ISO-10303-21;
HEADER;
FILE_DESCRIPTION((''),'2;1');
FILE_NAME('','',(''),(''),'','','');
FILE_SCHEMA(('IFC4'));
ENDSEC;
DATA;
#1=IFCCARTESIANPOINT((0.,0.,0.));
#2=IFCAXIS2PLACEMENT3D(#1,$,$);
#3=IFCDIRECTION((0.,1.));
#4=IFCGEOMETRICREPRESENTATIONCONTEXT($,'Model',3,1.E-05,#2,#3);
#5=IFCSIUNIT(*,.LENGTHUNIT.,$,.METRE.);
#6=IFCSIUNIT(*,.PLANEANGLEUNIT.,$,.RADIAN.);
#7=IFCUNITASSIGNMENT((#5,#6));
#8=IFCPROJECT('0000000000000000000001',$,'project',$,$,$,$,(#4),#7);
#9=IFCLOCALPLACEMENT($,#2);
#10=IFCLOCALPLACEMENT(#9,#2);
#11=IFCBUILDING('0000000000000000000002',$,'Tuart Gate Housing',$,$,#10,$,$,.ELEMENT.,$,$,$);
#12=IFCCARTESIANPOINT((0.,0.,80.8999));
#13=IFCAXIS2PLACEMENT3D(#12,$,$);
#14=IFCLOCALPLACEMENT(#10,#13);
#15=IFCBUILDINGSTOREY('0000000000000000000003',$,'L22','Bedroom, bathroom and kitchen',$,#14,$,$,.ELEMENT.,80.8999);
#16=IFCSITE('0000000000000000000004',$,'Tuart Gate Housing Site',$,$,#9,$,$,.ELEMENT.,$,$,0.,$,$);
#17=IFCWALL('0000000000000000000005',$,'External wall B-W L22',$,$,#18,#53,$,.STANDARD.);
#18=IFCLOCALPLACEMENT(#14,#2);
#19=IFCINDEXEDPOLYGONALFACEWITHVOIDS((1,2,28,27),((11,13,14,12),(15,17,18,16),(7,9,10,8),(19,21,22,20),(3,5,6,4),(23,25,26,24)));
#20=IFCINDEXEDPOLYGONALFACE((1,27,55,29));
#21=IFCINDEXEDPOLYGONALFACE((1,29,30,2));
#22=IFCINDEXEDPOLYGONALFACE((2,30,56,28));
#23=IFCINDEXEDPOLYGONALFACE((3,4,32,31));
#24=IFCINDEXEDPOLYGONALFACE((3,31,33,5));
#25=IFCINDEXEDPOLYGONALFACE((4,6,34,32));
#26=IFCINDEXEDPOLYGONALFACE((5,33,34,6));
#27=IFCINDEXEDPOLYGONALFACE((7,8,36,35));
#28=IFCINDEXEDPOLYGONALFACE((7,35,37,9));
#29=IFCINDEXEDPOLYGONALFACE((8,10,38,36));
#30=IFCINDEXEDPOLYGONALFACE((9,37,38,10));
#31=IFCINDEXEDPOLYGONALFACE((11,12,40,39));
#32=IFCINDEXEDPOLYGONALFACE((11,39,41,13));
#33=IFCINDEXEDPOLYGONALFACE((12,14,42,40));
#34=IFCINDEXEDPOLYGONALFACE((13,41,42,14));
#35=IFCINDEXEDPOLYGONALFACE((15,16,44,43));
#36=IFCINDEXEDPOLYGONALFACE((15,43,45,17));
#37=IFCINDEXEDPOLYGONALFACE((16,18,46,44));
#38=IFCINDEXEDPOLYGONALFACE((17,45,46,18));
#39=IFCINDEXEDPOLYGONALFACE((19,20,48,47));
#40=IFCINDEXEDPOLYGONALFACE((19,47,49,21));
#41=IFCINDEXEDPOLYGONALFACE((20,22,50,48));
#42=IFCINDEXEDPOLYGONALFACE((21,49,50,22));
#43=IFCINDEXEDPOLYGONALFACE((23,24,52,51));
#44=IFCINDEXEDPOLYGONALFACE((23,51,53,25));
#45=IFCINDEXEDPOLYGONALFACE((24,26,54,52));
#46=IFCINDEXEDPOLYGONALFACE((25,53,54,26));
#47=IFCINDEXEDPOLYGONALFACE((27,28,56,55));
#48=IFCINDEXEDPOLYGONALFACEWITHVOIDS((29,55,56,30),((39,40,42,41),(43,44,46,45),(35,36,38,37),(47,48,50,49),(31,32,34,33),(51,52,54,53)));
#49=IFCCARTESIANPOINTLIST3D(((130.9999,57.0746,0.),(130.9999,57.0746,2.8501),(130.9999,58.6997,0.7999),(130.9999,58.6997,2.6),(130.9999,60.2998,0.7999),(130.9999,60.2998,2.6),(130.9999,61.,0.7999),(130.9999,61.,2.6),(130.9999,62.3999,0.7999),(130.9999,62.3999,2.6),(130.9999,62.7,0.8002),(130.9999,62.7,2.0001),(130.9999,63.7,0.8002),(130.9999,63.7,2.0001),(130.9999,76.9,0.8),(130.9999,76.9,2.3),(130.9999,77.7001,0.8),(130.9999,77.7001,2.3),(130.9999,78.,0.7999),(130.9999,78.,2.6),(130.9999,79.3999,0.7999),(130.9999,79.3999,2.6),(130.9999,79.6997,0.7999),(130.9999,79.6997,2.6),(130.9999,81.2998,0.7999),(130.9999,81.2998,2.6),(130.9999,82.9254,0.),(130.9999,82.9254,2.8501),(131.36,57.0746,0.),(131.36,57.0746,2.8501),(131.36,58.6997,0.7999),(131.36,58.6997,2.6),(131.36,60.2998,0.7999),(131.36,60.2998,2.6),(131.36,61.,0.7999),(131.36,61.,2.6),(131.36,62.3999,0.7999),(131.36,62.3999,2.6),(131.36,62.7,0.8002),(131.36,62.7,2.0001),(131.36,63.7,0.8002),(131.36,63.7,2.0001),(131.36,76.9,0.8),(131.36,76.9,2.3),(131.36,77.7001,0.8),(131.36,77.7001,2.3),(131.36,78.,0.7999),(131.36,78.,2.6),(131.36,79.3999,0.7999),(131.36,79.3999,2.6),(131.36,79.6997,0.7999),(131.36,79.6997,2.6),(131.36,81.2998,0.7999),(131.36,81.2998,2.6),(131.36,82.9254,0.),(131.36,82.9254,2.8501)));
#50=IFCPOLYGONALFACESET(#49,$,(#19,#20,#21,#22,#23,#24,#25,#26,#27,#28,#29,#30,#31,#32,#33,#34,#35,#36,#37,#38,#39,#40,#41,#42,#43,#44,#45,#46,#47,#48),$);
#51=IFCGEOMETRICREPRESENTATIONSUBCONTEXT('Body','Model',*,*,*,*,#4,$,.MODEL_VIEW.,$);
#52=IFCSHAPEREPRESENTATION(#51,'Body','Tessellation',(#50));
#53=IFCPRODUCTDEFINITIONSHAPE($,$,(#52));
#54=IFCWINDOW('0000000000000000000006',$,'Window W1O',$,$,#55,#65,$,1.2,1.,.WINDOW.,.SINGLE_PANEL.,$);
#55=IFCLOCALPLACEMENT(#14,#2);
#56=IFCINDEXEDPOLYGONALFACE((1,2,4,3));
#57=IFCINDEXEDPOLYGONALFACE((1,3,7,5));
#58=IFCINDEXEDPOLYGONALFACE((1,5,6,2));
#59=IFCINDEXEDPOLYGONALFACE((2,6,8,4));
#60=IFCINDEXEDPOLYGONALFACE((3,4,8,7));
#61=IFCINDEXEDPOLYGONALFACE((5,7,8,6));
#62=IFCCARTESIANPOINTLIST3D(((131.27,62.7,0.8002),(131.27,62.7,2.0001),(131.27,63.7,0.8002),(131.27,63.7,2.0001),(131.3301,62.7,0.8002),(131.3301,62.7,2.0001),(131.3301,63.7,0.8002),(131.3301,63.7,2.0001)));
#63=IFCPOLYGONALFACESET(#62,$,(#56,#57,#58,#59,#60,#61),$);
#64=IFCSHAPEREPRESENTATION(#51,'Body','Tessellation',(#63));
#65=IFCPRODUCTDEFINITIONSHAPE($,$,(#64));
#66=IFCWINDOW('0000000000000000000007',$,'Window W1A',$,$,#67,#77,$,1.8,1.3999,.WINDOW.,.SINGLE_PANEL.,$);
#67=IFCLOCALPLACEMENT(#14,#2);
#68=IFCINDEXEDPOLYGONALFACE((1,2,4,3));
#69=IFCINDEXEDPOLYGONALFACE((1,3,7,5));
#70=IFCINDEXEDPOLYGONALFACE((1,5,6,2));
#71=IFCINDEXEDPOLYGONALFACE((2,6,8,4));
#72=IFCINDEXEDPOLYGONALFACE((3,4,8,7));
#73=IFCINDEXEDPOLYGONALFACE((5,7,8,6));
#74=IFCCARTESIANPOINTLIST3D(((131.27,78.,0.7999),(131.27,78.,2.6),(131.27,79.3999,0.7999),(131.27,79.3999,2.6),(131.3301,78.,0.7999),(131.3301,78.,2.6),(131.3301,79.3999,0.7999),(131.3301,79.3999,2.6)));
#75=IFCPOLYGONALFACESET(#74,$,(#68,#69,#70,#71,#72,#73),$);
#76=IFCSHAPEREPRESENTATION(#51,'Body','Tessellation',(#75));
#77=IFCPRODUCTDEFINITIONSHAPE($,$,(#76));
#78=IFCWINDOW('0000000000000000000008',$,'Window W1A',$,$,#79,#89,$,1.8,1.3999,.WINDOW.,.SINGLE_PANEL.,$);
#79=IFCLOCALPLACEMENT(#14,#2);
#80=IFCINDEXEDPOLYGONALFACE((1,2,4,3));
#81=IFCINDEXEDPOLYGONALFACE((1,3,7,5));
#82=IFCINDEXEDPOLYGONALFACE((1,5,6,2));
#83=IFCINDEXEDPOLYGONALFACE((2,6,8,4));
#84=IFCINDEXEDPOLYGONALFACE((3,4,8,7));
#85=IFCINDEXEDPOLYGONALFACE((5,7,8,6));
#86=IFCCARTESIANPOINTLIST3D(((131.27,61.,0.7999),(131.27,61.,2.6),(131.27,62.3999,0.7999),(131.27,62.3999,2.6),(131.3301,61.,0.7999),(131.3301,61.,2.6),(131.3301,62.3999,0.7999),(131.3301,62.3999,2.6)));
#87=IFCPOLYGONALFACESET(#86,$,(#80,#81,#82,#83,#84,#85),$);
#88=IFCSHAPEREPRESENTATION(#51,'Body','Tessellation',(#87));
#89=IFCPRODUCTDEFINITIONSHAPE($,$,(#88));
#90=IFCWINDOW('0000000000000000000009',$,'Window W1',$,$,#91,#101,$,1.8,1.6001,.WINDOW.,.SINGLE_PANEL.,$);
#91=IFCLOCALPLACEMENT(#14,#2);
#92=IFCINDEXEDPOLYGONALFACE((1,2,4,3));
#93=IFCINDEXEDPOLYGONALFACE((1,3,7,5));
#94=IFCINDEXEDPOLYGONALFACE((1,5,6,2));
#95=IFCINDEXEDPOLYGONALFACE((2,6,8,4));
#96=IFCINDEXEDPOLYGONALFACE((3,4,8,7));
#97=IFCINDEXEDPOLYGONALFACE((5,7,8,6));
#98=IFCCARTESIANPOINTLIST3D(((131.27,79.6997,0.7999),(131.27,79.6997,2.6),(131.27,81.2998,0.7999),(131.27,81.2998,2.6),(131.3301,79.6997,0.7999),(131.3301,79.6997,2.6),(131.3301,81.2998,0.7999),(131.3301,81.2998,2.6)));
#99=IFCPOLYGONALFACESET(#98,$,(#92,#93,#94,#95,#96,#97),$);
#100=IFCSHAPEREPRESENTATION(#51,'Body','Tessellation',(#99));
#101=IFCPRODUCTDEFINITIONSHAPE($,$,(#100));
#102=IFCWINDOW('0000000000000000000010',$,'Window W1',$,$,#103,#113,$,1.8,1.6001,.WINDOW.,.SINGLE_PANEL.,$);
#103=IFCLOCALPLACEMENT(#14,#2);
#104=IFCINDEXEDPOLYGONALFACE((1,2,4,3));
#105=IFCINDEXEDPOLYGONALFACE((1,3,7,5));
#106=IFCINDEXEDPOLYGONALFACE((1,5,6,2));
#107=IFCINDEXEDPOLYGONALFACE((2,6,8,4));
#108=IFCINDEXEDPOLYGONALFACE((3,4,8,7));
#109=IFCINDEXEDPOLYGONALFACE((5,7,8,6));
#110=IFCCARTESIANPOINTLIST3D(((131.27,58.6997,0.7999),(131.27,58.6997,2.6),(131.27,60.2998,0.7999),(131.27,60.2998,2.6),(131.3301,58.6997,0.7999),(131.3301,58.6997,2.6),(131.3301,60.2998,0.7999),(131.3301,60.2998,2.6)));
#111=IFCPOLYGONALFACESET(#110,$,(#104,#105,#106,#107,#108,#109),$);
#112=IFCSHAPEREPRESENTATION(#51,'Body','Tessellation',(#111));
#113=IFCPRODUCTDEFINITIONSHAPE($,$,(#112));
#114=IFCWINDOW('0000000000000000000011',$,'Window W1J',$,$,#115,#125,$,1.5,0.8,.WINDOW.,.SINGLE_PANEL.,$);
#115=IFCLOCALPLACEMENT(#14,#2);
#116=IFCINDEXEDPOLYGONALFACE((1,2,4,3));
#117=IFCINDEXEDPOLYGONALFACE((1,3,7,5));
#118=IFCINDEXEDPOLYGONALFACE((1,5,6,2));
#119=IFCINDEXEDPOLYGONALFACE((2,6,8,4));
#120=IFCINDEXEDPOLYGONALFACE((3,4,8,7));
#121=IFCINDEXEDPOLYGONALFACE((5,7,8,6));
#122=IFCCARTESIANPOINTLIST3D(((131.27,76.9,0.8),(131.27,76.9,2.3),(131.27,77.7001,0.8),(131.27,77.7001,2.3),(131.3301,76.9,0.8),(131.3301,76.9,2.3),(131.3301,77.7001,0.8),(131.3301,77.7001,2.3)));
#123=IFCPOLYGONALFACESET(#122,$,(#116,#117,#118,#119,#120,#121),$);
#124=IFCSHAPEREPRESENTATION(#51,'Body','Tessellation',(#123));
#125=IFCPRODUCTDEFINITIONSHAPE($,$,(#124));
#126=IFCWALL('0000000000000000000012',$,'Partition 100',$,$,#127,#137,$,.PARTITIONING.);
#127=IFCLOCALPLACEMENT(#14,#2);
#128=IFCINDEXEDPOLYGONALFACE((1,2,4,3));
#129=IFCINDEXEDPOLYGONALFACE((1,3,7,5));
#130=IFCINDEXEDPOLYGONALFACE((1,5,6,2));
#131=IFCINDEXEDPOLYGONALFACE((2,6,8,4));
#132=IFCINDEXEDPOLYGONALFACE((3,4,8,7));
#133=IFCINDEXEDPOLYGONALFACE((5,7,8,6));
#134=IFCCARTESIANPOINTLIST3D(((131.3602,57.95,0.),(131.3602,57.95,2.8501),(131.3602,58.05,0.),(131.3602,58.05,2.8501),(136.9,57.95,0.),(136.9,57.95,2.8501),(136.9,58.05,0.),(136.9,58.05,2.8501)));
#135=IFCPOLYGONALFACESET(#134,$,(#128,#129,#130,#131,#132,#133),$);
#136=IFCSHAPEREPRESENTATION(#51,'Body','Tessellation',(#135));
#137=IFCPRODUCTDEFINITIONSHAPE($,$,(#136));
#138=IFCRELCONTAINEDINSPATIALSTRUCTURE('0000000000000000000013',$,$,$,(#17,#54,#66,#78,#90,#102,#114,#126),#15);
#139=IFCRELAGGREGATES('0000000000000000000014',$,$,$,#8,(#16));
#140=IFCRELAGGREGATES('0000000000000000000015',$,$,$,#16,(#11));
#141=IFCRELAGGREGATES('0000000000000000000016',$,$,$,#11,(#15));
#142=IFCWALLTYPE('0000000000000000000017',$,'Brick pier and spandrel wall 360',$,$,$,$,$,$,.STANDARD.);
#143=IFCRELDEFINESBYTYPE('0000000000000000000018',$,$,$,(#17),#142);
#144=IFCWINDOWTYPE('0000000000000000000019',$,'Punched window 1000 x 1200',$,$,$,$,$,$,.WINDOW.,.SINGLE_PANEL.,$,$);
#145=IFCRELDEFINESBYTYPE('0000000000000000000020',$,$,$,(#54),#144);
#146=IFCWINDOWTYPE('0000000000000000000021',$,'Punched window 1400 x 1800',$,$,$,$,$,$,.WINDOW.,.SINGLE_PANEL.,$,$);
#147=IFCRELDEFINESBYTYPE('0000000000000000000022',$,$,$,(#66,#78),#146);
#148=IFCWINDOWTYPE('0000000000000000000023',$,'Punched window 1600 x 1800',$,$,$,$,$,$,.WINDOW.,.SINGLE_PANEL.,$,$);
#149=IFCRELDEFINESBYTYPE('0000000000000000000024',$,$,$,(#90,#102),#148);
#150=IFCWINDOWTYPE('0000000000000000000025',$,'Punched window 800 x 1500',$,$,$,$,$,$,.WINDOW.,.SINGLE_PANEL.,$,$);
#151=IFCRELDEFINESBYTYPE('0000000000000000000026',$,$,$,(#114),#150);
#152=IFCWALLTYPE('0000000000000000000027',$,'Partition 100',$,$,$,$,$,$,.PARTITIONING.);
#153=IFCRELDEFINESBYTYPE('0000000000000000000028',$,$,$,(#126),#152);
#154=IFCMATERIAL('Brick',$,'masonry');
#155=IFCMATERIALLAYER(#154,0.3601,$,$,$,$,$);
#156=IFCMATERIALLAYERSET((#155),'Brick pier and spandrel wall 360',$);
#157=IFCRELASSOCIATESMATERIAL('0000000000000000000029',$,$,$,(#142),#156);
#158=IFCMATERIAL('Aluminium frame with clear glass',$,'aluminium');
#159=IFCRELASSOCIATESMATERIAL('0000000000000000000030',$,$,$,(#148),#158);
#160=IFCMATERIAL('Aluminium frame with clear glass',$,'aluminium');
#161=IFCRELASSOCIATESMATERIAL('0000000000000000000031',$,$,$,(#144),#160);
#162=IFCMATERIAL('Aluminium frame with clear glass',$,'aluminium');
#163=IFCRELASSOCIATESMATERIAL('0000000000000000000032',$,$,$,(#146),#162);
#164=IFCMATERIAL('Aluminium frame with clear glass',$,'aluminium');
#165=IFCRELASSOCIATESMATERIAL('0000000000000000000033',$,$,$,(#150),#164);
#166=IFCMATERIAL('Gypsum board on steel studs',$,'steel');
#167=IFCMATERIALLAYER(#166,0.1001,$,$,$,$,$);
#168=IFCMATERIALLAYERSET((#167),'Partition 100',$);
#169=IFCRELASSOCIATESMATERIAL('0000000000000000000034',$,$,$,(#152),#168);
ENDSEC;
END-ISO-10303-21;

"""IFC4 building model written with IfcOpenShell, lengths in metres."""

from ifc_helpers import new_model, si_unit, direction, frame, frame_2d, origin, place, context, subcontext, project, spatial, rectangle, extrude, material, layer, layer_set, type_object, element, fill, save


model = new_model("IFC4")

# Units and contexts
model_context = context("Model", 3, precision=1e-05, world=origin(), true_north=direction((0.0, 1.0)))
body_context = subcontext(model_context, "Body", "Model", "MODEL_VIEW")
ifc_project = project(units=[si_unit("LENGTHUNIT", "METRE"), si_unit("PLANEANGLEUNIT", "RADIAN")], contexts=[model_context])

# Site, building, storey
site_placement = place(None, origin())
site = spatial("IfcSite", under=ifc_project, at=site_placement, Name="Tuart Gate Housing Site", CompositionType="ELEMENT", RefElevation=0.0)
building_placement = place(site_placement, origin())
building = spatial("IfcBuilding", under=site, at=building_placement, Name="Tuart Gate Housing", CompositionType="ELEMENT")
storey_placement = place(building_placement, frame((0.0, 0.0, 80.8999)))
storey = spatial("IfcBuildingStorey", under=building, at=storey_placement, Name="L22", Description="Bedroom, bathroom and kitchen", CompositionType="ELEMENT", Elevation=80.8999)

# Shared definitions
ifc_material_1 = material(Name="Brick", Category="masonry")
ifc_layer_1 = layer(ifc_material_1, 0.3601)
ifc_layer_set_1 = layer_set([ifc_layer_1], Name="Brick pier and spandrel wall 360")
wall_type_1 = type_object("IfcWallType", Name="Brick pier and spandrel wall 360", PredefinedType="STANDARD", material=ifc_layer_set_1)
ifc_material_2 = material(Name="Aluminium frame with clear glass", Category="aluminium")
window_type_1 = type_object("IfcWindowType", Name="Punched window 1600 x 1800", PartitioningType="SINGLE_PANEL", PredefinedType="WINDOW", material=ifc_material_2)

# Wall, openings, windows
wall_1_placement = place(storey_placement, frame((131.1799, 82.9253, 0.0), z_axis=(0.0, 0.0, 1.0), x_axis=(0.0, -1.0, 0.0)))
wall_1 = element("IfcWall", 1, at=wall_1_placement, inside=storey, type_object=wall_type_1, Name="External wall B-W L22", PredefinedType="STANDARD", context=body_context, shape_type="SweptSolid", body=[
    extrude(rectangle(XDim=25.8508, YDim=0.3601, at=frame_2d((12.9253, 0.0))), origin(), (0.0, 0.0, 1.0), 2.8501),
])
opening_1_placement = place(wall_1_placement, frame((1.6255, 0.0, 0.8)))
opening_1 = element("IfcOpeningElement", 2, at=opening_1_placement, cuts=wall_1, PredefinedType="OPENING", context=body_context, shape_type="SweptSolid", body=[
    extrude(rectangle(XDim=1.6001, YDim=1.8, at=frame_2d((0.8, 0.8999))), frame((0.0, 0.1899, 0.0), z_axis=(0.0, -1.0, 0.0), x_axis=(1.0, 0.0, 0.0)), (0.0, 0.0, 1.0), 0.3801),
])
opening_2_placement = place(wall_1_placement, frame((3.5254, 0.0, 0.8)))
opening_2 = element("IfcOpeningElement", 3, at=opening_2_placement, cuts=wall_1, PredefinedType="OPENING", context=body_context, shape_type="SweptSolid", body=[
    extrude(rectangle(XDim=1.3999, YDim=1.8, at=frame_2d((0.7, 0.8999))), frame((0.0, 0.1899, 0.0), z_axis=(0.0, -1.0, 0.0), x_axis=(1.0, 0.0, 0.0)), (0.0, 0.0, 1.0), 0.3801),
])
opening_3_placement = place(wall_1_placement, frame((19.2253, 0.0, 0.8)))
opening_3 = element("IfcOpeningElement", 4, at=opening_3_placement, cuts=wall_1, PredefinedType="OPENING", context=body_context, shape_type="SweptSolid", body=[
    extrude(rectangle(XDim=1.0, YDim=1.2, at=frame_2d((0.5, 0.6001))), frame((0.0, 0.1899, 0.0), z_axis=(0.0, -1.0, 0.0), x_axis=(1.0, 0.0, 0.0)), (0.0, 0.0, 1.0), 0.3801),
])
opening_4_placement = place(wall_1_placement, frame((22.6255, 0.0, 0.8)))
opening_4 = element("IfcOpeningElement", 5, at=opening_4_placement, cuts=wall_1, PredefinedType="OPENING", context=body_context, shape_type="SweptSolid", body=[
    extrude(rectangle(XDim=1.6001, YDim=1.8, at=frame_2d((0.8, 0.8999))), frame((0.0, 0.1899, 0.0), z_axis=(0.0, -1.0, 0.0), x_axis=(1.0, 0.0, 0.0)), (0.0, 0.0, 1.0), 0.3801),
])
opening_5_placement = place(wall_1_placement, frame((5.2253, 0.0, 0.8)))
opening_5 = element("IfcOpeningElement", 6, at=opening_5_placement, cuts=wall_1, PredefinedType="OPENING", context=body_context, shape_type="SweptSolid", body=[
    extrude(rectangle(XDim=0.8, YDim=1.5, at=frame_2d((0.3999, 0.75))), frame((0.0, 0.1899, 0.0), z_axis=(0.0, -1.0, 0.0), x_axis=(1.0, 0.0, 0.0)), (0.0, 0.0, 1.0), 0.3801),
])
opening_6_placement = place(wall_1_placement, frame((20.5254, 0.0, 0.8)))
opening_6 = element("IfcOpeningElement", 7, at=opening_6_placement, cuts=wall_1, PredefinedType="OPENING", context=body_context, shape_type="SweptSolid", body=[
    extrude(rectangle(XDim=1.3999, YDim=1.8, at=frame_2d((0.7, 0.8999))), frame((0.0, 0.1899, 0.0), z_axis=(0.0, -1.0, 0.0), x_axis=(1.0, 0.0, 0.0)), (0.0, 0.0, 1.0), 0.3801),
])
ifc_material_3 = material(Name="Aluminium frame with clear glass", Category="aluminium")
window_type_2 = type_object("IfcWindowType", Name="Punched window 1000 x 1200", PartitioningType="SINGLE_PANEL", PredefinedType="WINDOW", material=ifc_material_3)
window_1_placement = place(opening_3_placement, origin())
window_1 = element("IfcWindow", 8, at=window_1_placement, inside=storey, type_object=window_type_2, Name="Window W1O", OverallHeight=1.2, OverallWidth=1.0, PartitioningType="SINGLE_PANEL", PredefinedType="WINDOW", context=body_context, shape_type="SweptSolid", body=[
    extrude(rectangle(XDim=1.0, YDim=1.2, at=frame_2d((0.5, 0.6001))), frame((0.0, 0.1501, 0.0), z_axis=(0.0, -1.0, 0.0), x_axis=(1.0, 0.0, 0.0)), (0.0, 0.0, 1.0), 0.0601),
])
fill(opening_3, window_1)
ifc_material_4 = material(Name="Aluminium frame with clear glass", Category="aluminium")
window_type_3 = type_object("IfcWindowType", Name="Punched window 1400 x 1800", PartitioningType="SINGLE_PANEL", PredefinedType="WINDOW", material=ifc_material_4)
window_2_placement = place(opening_2_placement, origin())
window_2 = element("IfcWindow", 9, at=window_2_placement, inside=storey, type_object=window_type_3, Name="Window W1A", OverallHeight=1.8, OverallWidth=1.3999, PartitioningType="SINGLE_PANEL", PredefinedType="WINDOW", context=body_context, shape_type="SweptSolid", body=[
    extrude(rectangle(XDim=1.3999, YDim=1.8, at=frame_2d((0.7, 0.8999))), frame((0.0, 0.1501, 0.0), z_axis=(0.0, -1.0, 0.0), x_axis=(1.0, 0.0, 0.0)), (0.0, 0.0, 1.0), 0.0601),
])
fill(opening_2, window_2)
window_3_placement = place(opening_6_placement, origin())
window_3 = element("IfcWindow", 10, at=window_3_placement, inside=storey, type_object=window_type_3, Name="Window W1A", OverallHeight=1.8, OverallWidth=1.3999, PartitioningType="SINGLE_PANEL", PredefinedType="WINDOW", context=body_context, shape_type="SweptSolid", body=[
    extrude(rectangle(XDim=1.3999, YDim=1.8, at=frame_2d((0.7, 0.8999))), frame((0.0, 0.1501, 0.0), z_axis=(0.0, -1.0, 0.0), x_axis=(1.0, 0.0, 0.0)), (0.0, 0.0, 1.0), 0.0601),
])
fill(opening_6, window_3)
window_4_placement = place(opening_1_placement, origin())
window_4 = element("IfcWindow", 11, at=window_4_placement, inside=storey, type_object=window_type_1, Name="Window W1", OverallHeight=1.8, OverallWidth=1.6001, PartitioningType="SINGLE_PANEL", PredefinedType="WINDOW", context=body_context, shape_type="SweptSolid", body=[
    extrude(rectangle(XDim=1.6001, YDim=1.8, at=frame_2d((0.8, 0.8999))), frame((0.0, 0.1501, 0.0), z_axis=(0.0, -1.0, 0.0), x_axis=(1.0, 0.0, 0.0)), (0.0, 0.0, 1.0), 0.0601),
])
fill(opening_1, window_4)
window_5_placement = place(opening_4_placement, origin())
window_5 = element("IfcWindow", 12, at=window_5_placement, inside=storey, type_object=window_type_1, Name="Window W1", OverallHeight=1.8, OverallWidth=1.6001, PartitioningType="SINGLE_PANEL", PredefinedType="WINDOW", context=body_context, shape_type="SweptSolid", body=[
    extrude(rectangle(XDim=1.6001, YDim=1.8, at=frame_2d((0.8, 0.8999))), frame((0.0, 0.1501, 0.0), z_axis=(0.0, -1.0, 0.0), x_axis=(1.0, 0.0, 0.0)), (0.0, 0.0, 1.0), 0.0601),
])
fill(opening_4, window_5)
ifc_material_5 = material(Name="Aluminium frame with clear glass", Category="aluminium")
window_type_4 = type_object("IfcWindowType", Name="Punched window 800 x 1500", PartitioningType="SINGLE_PANEL", PredefinedType="WINDOW", material=ifc_material_5)
window_6_placement = place(opening_5_placement, origin())
window_6 = element("IfcWindow", 13, at=window_6_placement, inside=storey, type_object=window_type_4, Name="Window W1J", OverallHeight=1.5, OverallWidth=0.8, PartitioningType="SINGLE_PANEL", PredefinedType="WINDOW", context=body_context, shape_type="SweptSolid", body=[
    extrude(rectangle(XDim=0.8, YDim=1.5, at=frame_2d((0.3999, 0.75))), frame((0.0, 0.1501, 0.0), z_axis=(0.0, -1.0, 0.0), x_axis=(1.0, 0.0, 0.0)), (0.0, 0.0, 1.0), 0.0601),
])
fill(opening_5, window_6)

# Wall
ifc_material_6 = material(Name="Gypsum board on steel studs", Category="steel")
ifc_layer_2 = layer(ifc_material_6, 0.1001)
ifc_layer_set_2 = layer_set([ifc_layer_2], Name="Partition 100")
wall_type_2 = type_object("IfcWallType", Name="Partition 100", PredefinedType="PARTITIONING", material=ifc_layer_set_2)
wall_2_placement = place(storey_placement, frame((131.3601, 58.0, 0.0), z_axis=(0.0, 0.0, 1.0), x_axis=(1.0, 0.0, 0.0)))
element("IfcWall", 14, at=wall_2_placement, inside=storey, type_object=wall_type_2, Name="Partition 100", PredefinedType="PARTITIONING", context=body_context, shape_type="SweptSolid", body=[
    extrude(rectangle(XDim=5.5398, YDim=0.1001, at=frame_2d((2.77, 0.0))), origin(), (0.0, 0.0, 1.0), 2.8501),
])

save(model, "model.ifc")
